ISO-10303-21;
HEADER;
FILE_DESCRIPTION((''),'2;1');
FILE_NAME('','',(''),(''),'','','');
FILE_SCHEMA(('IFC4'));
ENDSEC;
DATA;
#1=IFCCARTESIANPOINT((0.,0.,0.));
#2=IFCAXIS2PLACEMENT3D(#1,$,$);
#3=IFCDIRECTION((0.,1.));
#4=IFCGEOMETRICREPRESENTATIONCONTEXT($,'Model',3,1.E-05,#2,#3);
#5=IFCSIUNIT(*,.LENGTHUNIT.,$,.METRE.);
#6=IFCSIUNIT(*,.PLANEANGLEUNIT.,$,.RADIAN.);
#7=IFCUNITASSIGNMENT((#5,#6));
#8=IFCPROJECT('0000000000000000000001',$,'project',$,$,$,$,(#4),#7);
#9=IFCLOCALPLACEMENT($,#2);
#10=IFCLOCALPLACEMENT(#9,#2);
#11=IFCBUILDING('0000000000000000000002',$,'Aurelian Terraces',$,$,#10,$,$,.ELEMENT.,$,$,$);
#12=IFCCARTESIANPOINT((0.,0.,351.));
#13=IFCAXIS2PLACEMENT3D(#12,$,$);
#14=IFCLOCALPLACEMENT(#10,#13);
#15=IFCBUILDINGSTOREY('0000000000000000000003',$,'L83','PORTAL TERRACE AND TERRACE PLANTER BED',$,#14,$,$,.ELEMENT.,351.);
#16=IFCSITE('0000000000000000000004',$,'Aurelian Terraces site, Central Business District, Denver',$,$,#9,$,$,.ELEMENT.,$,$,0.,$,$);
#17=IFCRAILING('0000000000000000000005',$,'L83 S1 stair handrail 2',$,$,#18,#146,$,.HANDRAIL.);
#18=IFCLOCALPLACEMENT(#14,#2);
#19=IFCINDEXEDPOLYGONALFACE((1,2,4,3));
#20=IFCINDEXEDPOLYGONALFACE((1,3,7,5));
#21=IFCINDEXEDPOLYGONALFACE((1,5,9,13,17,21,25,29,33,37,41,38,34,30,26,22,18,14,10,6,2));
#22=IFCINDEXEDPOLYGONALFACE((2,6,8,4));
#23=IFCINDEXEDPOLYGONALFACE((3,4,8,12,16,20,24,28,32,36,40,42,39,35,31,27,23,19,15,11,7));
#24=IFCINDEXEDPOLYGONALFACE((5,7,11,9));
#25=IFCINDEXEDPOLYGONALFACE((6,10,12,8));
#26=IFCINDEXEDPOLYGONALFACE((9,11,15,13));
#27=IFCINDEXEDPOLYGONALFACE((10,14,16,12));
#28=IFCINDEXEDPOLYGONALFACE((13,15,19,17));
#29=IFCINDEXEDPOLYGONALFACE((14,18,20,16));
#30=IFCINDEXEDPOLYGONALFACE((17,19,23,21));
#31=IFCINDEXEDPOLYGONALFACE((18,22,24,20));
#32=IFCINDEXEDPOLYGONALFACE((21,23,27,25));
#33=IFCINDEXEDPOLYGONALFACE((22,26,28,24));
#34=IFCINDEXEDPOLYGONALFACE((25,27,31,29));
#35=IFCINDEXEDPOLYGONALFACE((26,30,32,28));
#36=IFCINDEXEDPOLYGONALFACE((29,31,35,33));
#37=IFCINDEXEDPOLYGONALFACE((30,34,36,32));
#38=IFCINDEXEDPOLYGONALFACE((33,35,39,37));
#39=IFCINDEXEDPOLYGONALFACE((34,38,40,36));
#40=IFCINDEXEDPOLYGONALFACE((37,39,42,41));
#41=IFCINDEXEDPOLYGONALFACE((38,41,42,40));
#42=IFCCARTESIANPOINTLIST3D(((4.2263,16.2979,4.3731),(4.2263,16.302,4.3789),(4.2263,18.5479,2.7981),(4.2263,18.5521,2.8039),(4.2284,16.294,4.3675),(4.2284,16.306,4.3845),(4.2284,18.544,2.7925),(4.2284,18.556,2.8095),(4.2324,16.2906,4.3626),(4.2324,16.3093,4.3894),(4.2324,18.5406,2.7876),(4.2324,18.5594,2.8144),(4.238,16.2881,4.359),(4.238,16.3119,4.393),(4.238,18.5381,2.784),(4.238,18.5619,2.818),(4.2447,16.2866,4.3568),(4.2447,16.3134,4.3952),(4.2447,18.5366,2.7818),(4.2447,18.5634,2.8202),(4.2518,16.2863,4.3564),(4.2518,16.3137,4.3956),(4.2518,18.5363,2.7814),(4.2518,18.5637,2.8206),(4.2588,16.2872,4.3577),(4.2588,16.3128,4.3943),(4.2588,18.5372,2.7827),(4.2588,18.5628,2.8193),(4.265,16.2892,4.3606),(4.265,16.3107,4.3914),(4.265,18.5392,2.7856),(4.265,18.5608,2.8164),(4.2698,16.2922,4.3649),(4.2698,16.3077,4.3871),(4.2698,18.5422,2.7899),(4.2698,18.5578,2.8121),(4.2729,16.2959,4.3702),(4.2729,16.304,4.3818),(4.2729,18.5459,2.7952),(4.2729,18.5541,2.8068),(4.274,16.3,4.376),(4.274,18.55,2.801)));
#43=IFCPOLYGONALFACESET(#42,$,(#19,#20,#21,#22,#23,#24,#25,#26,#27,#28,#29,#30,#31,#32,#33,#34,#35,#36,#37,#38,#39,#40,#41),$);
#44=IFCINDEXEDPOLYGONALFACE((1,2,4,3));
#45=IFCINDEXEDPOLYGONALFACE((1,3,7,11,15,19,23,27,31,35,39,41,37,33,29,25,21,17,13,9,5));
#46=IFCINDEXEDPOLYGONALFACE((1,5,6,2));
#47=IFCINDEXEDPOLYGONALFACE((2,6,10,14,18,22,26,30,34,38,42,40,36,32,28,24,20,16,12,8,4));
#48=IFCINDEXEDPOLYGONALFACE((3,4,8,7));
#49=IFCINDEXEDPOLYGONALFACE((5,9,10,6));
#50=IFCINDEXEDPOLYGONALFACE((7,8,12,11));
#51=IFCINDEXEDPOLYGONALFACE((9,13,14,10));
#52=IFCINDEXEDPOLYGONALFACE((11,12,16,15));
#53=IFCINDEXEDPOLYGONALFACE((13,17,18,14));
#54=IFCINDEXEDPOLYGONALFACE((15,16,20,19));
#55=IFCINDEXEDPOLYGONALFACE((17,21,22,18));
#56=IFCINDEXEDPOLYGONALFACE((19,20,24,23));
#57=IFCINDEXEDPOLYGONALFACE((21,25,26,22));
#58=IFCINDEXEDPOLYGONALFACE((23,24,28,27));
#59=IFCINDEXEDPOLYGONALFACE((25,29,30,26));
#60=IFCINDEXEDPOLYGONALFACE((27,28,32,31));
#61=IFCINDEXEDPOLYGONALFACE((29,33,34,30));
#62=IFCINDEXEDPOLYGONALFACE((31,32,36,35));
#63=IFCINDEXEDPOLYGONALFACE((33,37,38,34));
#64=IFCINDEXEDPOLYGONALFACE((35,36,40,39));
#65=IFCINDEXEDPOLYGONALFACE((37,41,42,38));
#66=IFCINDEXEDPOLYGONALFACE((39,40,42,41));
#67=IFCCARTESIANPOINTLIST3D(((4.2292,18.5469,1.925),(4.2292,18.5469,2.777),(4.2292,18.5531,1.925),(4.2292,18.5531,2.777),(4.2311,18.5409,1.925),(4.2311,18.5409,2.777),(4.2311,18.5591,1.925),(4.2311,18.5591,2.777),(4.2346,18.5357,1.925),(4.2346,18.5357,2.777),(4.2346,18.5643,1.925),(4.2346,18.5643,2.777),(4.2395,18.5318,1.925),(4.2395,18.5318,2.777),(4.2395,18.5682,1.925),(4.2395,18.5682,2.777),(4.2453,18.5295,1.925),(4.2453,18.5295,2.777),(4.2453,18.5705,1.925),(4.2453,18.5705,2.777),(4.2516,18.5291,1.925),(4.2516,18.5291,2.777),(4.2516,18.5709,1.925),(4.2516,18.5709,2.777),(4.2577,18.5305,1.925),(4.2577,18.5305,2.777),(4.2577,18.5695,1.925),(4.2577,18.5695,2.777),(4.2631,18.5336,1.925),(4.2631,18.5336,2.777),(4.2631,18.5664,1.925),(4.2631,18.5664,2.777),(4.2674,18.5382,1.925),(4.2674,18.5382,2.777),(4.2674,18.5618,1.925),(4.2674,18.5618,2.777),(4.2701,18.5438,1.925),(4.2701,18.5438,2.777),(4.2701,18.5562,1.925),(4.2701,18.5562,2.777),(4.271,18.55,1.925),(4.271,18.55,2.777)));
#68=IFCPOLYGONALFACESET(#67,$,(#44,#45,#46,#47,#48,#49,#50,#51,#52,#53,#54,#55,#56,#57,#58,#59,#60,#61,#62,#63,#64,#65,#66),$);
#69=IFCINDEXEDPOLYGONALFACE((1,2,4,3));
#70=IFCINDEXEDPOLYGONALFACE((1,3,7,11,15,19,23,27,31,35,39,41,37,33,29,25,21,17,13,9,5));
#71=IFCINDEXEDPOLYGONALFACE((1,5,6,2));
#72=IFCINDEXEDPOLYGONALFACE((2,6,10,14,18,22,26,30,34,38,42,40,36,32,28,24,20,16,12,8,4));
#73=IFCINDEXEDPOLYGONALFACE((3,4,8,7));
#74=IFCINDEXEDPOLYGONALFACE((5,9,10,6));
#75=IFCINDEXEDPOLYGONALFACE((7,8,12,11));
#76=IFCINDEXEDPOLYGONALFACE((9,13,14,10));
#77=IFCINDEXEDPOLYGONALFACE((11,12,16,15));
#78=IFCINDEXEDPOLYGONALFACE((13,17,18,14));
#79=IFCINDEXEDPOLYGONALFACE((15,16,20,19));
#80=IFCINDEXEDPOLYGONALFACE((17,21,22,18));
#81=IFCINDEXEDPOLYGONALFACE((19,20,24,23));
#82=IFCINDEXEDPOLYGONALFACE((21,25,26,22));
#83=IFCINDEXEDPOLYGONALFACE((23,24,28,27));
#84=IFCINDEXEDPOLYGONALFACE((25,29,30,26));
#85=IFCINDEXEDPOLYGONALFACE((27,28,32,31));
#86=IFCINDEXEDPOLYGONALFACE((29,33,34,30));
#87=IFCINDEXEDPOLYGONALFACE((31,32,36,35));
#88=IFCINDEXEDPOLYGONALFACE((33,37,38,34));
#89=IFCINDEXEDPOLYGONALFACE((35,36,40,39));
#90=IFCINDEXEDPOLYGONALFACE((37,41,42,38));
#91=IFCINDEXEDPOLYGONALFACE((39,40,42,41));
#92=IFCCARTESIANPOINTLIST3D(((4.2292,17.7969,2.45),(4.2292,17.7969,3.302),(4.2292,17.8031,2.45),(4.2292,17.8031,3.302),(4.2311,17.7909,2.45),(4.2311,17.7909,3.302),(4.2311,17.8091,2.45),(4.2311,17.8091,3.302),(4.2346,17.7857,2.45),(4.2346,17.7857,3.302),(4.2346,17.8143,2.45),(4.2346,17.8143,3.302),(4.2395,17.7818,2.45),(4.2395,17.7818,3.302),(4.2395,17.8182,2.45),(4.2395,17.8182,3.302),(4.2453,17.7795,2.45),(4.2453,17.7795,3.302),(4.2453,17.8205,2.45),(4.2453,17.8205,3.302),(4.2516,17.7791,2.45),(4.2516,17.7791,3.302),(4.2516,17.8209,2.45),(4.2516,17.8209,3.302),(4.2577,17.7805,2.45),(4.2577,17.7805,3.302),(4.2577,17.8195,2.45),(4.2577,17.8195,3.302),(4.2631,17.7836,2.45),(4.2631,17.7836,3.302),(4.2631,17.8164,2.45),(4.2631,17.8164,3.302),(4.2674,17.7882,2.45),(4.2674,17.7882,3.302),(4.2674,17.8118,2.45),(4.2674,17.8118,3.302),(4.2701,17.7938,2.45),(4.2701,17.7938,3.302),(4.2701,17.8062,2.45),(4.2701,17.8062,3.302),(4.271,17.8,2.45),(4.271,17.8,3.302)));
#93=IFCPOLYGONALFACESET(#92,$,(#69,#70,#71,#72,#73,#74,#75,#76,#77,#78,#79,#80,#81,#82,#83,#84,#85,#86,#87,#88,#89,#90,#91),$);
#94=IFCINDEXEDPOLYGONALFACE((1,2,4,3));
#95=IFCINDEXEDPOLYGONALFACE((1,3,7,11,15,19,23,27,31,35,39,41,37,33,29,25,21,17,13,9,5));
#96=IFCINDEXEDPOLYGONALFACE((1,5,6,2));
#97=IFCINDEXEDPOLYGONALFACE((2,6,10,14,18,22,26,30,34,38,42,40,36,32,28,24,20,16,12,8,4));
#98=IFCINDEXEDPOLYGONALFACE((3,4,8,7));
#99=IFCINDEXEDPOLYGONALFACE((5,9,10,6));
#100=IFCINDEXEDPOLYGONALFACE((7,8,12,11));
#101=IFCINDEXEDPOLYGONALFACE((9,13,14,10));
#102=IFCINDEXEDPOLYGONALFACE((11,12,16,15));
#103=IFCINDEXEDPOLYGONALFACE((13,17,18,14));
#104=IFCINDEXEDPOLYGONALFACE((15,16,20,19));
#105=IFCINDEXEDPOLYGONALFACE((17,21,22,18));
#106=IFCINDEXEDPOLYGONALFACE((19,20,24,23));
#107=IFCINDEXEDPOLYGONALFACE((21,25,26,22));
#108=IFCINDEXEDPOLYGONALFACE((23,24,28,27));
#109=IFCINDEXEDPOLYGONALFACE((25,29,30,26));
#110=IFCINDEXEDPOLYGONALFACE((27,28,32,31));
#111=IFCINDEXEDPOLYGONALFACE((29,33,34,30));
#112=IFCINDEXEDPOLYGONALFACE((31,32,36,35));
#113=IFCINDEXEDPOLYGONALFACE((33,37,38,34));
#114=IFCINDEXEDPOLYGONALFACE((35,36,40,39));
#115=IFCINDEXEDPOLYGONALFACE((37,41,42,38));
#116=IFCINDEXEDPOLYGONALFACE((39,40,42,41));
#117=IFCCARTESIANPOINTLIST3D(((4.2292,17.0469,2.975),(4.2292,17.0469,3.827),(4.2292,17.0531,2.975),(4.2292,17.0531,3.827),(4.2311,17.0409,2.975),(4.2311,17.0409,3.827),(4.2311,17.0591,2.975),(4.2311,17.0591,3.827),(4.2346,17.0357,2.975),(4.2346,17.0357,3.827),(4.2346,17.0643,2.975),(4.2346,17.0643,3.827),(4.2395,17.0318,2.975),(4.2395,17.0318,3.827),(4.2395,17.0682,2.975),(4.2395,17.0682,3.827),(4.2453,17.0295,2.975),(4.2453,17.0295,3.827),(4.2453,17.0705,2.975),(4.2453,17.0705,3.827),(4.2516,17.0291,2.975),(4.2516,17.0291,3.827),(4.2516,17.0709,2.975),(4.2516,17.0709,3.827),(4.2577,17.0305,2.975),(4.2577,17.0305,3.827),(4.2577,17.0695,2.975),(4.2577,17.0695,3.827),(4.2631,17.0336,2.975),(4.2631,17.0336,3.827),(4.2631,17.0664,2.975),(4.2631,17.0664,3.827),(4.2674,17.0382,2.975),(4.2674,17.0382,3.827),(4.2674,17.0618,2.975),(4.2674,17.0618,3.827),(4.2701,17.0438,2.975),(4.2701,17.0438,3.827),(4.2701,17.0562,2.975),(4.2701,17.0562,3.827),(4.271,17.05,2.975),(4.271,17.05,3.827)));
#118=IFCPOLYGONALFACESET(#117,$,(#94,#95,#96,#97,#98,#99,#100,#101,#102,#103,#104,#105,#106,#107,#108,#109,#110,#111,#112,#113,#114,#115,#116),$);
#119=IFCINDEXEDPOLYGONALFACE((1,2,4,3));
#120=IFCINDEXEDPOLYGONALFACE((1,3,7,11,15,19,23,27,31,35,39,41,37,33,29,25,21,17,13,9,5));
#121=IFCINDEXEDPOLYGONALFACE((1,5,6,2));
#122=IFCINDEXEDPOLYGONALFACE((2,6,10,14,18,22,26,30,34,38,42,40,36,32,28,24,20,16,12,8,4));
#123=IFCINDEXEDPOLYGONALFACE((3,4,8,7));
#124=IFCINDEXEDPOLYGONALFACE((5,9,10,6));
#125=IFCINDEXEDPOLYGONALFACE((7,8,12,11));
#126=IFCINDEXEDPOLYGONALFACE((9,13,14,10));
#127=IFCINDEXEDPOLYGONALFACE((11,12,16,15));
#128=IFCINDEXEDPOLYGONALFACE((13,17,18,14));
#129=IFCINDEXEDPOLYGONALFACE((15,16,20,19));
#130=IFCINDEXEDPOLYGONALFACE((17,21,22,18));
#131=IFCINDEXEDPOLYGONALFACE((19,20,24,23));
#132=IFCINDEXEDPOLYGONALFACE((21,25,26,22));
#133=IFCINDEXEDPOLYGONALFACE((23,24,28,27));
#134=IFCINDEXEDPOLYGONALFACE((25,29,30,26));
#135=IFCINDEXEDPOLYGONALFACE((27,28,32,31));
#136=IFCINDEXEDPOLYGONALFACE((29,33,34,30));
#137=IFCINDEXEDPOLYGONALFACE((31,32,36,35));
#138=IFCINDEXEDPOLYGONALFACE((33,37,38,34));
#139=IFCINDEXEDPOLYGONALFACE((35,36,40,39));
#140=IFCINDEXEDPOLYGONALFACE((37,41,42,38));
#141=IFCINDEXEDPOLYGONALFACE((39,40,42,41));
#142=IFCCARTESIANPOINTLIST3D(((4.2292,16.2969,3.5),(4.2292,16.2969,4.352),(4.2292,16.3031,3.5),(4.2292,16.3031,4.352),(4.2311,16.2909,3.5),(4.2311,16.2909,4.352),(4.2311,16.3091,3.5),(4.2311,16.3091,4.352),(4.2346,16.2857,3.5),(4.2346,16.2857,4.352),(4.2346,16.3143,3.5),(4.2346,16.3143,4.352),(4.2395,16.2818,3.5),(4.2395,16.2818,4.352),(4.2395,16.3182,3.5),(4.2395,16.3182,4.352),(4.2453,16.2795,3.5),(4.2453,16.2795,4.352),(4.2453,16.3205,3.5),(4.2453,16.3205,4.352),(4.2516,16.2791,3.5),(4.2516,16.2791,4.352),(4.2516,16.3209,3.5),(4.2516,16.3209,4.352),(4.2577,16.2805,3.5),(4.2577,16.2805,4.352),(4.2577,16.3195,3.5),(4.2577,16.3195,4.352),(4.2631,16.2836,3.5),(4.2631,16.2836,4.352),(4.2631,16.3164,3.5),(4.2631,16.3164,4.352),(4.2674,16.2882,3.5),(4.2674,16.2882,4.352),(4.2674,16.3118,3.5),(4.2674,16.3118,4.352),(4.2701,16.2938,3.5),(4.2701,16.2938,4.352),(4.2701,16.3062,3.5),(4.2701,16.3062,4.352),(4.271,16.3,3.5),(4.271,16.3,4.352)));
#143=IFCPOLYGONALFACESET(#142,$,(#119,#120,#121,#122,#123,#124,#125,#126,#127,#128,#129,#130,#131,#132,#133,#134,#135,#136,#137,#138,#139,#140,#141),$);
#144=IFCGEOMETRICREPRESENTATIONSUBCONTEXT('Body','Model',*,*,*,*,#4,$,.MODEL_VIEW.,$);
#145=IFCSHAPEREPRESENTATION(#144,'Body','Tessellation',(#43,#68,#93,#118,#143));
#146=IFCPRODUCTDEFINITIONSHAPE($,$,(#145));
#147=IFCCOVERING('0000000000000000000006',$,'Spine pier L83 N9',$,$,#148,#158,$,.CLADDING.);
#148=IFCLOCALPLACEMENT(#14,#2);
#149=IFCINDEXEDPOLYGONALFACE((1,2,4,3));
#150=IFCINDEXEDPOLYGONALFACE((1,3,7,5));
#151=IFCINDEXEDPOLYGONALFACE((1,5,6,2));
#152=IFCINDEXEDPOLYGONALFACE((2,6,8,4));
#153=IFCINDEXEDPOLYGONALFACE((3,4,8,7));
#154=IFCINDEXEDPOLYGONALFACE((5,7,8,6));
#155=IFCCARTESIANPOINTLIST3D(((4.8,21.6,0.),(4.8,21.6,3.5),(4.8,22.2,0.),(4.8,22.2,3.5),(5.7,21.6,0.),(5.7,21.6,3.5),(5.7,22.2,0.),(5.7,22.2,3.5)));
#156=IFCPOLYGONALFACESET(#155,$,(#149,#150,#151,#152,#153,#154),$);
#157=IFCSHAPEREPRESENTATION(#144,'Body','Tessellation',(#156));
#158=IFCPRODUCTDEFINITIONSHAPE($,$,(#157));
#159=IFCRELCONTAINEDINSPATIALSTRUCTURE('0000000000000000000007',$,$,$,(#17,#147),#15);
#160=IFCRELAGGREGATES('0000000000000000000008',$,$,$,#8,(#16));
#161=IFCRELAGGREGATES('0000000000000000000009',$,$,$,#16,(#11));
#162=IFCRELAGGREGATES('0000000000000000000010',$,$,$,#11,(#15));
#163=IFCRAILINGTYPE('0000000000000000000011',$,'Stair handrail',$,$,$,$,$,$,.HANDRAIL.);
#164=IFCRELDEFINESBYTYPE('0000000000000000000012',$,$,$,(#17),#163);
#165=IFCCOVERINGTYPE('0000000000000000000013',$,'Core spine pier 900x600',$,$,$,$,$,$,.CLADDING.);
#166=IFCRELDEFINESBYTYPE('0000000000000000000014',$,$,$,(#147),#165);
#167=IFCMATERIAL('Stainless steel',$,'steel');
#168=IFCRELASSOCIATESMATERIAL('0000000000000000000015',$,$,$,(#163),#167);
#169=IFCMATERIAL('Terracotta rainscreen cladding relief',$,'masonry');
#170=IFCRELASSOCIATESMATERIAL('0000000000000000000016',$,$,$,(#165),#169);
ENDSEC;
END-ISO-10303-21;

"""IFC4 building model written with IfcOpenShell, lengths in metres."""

from ifc_helpers import new_model, si_unit, direction, frame, origin, origin_2d, place, context, subcontext, project, spatial, rectangle, circle, extrude, source, transform, mapped, material, type_object, element, save


model = new_model("IFC4")

# Units and contexts
model_context = context("Model", 3, precision=1e-05, world=origin(), true_north=direction((0.0, 1.0)))
body_context = subcontext(model_context, "Body", "Model", "MODEL_VIEW")
ifc_project = project(units=[si_unit("LENGTHUNIT", "METRE"), si_unit("PLANEANGLEUNIT", "RADIAN")], contexts=[model_context])

# Site, building, storey
site_placement = place(None, origin())
site = spatial("IfcSite", under=ifc_project, at=site_placement, Name="Aurelian Terraces site, Central Business District, Denver", CompositionType="ELEMENT", RefElevation=0.0)
building_placement = place(site_placement, origin())
building = spatial("IfcBuilding", under=site, at=building_placement, Name="Aurelian Terraces", CompositionType="ELEMENT")
storey_placement = place(building_placement, frame((0.0, 0.0, 351.0)))
storey = spatial("IfcBuildingStorey", under=building, at=storey_placement, Name="L83", Description="PORTAL TERRACE AND TERRACE PLANTER BED", CompositionType="ELEMENT", Elevation=351.0)

# Railing
ifc_material_1 = material(Name="Stainless steel", Category="steel")
railing_type_1 = type_object("IfcRailingType", Name="Stair handrail", PredefinedType="HANDRAIL", material=ifc_material_1)
shared_shape_1 = source(origin(), body_context, "Body", "SweptSolid", [
    extrude(circle(Radius=0.024, at=origin_2d()), frame((0.0, 0.0, 0.876), z_axis=(0.0, -0.819232, 0.573462), x_axis=(1.0, 0.0, 0.0)), (0.0, 0.0, 1.0), 2.7465),
    extrude(circle(Radius=0.021, at=origin_2d()), origin(), (0.0, 0.0, 1.0), 0.852),
    extrude(circle(Radius=0.021, at=origin_2d()), frame((0.0, -0.75, 0.525)), (0.0, 0.0, 1.0), 0.852),
    extrude(circle(Radius=0.021, at=origin_2d()), frame((0.0, -1.5, 1.05)), (0.0, 0.0, 1.0), 0.852),
    extrude(circle(Radius=0.021, at=origin_2d()), frame((0.0, -2.25, 1.575)), (0.0, 0.0, 1.0), 0.852),
])
railing_1_placement = place(storey_placement, frame((4.25, 18.55, 1.925)))
element("IfcRailing", 1, at=railing_1_placement, inside=storey, type_object=railing_type_1, Name="L83 S1 stair handrail 2", PredefinedType="HANDRAIL", context=body_context, shape_type="MappedRepresentation", body=[
    mapped(shared_shape_1, transform((0.0, 0.0, 0.0), scale=1.0)),
])

# Covering
ifc_material_2 = material(Name="Terracotta rainscreen cladding relief", Category="masonry")
covering_type_1 = type_object("IfcCoveringType", Name="Core spine pier 900x600", PredefinedType="CLADDING", material=ifc_material_2)
shared_shape_2 = source(origin(), body_context, "Body", "SweptSolid", [
    extrude(rectangle(XDim=0.9, YDim=0.6, at=origin_2d()), origin(), (0.0, 0.0, 1.0), 3.5),
])
covering_1_placement = place(storey_placement, frame((5.25, 21.9, 0.0), z_axis=(0.0, 0.0, 1.0), x_axis=(1.0, 0.0, 0.0)))
element("IfcCovering", 2, at=covering_1_placement, inside=storey, type_object=covering_type_1, Name="Spine pier L83 N9", PredefinedType="CLADDING", context=body_context, shape_type="MappedRepresentation", body=[
    mapped(shared_shape_2, transform((0.0, 0.0, 0.0), scale=1.0)),
])

save(model, "model.ifc")
